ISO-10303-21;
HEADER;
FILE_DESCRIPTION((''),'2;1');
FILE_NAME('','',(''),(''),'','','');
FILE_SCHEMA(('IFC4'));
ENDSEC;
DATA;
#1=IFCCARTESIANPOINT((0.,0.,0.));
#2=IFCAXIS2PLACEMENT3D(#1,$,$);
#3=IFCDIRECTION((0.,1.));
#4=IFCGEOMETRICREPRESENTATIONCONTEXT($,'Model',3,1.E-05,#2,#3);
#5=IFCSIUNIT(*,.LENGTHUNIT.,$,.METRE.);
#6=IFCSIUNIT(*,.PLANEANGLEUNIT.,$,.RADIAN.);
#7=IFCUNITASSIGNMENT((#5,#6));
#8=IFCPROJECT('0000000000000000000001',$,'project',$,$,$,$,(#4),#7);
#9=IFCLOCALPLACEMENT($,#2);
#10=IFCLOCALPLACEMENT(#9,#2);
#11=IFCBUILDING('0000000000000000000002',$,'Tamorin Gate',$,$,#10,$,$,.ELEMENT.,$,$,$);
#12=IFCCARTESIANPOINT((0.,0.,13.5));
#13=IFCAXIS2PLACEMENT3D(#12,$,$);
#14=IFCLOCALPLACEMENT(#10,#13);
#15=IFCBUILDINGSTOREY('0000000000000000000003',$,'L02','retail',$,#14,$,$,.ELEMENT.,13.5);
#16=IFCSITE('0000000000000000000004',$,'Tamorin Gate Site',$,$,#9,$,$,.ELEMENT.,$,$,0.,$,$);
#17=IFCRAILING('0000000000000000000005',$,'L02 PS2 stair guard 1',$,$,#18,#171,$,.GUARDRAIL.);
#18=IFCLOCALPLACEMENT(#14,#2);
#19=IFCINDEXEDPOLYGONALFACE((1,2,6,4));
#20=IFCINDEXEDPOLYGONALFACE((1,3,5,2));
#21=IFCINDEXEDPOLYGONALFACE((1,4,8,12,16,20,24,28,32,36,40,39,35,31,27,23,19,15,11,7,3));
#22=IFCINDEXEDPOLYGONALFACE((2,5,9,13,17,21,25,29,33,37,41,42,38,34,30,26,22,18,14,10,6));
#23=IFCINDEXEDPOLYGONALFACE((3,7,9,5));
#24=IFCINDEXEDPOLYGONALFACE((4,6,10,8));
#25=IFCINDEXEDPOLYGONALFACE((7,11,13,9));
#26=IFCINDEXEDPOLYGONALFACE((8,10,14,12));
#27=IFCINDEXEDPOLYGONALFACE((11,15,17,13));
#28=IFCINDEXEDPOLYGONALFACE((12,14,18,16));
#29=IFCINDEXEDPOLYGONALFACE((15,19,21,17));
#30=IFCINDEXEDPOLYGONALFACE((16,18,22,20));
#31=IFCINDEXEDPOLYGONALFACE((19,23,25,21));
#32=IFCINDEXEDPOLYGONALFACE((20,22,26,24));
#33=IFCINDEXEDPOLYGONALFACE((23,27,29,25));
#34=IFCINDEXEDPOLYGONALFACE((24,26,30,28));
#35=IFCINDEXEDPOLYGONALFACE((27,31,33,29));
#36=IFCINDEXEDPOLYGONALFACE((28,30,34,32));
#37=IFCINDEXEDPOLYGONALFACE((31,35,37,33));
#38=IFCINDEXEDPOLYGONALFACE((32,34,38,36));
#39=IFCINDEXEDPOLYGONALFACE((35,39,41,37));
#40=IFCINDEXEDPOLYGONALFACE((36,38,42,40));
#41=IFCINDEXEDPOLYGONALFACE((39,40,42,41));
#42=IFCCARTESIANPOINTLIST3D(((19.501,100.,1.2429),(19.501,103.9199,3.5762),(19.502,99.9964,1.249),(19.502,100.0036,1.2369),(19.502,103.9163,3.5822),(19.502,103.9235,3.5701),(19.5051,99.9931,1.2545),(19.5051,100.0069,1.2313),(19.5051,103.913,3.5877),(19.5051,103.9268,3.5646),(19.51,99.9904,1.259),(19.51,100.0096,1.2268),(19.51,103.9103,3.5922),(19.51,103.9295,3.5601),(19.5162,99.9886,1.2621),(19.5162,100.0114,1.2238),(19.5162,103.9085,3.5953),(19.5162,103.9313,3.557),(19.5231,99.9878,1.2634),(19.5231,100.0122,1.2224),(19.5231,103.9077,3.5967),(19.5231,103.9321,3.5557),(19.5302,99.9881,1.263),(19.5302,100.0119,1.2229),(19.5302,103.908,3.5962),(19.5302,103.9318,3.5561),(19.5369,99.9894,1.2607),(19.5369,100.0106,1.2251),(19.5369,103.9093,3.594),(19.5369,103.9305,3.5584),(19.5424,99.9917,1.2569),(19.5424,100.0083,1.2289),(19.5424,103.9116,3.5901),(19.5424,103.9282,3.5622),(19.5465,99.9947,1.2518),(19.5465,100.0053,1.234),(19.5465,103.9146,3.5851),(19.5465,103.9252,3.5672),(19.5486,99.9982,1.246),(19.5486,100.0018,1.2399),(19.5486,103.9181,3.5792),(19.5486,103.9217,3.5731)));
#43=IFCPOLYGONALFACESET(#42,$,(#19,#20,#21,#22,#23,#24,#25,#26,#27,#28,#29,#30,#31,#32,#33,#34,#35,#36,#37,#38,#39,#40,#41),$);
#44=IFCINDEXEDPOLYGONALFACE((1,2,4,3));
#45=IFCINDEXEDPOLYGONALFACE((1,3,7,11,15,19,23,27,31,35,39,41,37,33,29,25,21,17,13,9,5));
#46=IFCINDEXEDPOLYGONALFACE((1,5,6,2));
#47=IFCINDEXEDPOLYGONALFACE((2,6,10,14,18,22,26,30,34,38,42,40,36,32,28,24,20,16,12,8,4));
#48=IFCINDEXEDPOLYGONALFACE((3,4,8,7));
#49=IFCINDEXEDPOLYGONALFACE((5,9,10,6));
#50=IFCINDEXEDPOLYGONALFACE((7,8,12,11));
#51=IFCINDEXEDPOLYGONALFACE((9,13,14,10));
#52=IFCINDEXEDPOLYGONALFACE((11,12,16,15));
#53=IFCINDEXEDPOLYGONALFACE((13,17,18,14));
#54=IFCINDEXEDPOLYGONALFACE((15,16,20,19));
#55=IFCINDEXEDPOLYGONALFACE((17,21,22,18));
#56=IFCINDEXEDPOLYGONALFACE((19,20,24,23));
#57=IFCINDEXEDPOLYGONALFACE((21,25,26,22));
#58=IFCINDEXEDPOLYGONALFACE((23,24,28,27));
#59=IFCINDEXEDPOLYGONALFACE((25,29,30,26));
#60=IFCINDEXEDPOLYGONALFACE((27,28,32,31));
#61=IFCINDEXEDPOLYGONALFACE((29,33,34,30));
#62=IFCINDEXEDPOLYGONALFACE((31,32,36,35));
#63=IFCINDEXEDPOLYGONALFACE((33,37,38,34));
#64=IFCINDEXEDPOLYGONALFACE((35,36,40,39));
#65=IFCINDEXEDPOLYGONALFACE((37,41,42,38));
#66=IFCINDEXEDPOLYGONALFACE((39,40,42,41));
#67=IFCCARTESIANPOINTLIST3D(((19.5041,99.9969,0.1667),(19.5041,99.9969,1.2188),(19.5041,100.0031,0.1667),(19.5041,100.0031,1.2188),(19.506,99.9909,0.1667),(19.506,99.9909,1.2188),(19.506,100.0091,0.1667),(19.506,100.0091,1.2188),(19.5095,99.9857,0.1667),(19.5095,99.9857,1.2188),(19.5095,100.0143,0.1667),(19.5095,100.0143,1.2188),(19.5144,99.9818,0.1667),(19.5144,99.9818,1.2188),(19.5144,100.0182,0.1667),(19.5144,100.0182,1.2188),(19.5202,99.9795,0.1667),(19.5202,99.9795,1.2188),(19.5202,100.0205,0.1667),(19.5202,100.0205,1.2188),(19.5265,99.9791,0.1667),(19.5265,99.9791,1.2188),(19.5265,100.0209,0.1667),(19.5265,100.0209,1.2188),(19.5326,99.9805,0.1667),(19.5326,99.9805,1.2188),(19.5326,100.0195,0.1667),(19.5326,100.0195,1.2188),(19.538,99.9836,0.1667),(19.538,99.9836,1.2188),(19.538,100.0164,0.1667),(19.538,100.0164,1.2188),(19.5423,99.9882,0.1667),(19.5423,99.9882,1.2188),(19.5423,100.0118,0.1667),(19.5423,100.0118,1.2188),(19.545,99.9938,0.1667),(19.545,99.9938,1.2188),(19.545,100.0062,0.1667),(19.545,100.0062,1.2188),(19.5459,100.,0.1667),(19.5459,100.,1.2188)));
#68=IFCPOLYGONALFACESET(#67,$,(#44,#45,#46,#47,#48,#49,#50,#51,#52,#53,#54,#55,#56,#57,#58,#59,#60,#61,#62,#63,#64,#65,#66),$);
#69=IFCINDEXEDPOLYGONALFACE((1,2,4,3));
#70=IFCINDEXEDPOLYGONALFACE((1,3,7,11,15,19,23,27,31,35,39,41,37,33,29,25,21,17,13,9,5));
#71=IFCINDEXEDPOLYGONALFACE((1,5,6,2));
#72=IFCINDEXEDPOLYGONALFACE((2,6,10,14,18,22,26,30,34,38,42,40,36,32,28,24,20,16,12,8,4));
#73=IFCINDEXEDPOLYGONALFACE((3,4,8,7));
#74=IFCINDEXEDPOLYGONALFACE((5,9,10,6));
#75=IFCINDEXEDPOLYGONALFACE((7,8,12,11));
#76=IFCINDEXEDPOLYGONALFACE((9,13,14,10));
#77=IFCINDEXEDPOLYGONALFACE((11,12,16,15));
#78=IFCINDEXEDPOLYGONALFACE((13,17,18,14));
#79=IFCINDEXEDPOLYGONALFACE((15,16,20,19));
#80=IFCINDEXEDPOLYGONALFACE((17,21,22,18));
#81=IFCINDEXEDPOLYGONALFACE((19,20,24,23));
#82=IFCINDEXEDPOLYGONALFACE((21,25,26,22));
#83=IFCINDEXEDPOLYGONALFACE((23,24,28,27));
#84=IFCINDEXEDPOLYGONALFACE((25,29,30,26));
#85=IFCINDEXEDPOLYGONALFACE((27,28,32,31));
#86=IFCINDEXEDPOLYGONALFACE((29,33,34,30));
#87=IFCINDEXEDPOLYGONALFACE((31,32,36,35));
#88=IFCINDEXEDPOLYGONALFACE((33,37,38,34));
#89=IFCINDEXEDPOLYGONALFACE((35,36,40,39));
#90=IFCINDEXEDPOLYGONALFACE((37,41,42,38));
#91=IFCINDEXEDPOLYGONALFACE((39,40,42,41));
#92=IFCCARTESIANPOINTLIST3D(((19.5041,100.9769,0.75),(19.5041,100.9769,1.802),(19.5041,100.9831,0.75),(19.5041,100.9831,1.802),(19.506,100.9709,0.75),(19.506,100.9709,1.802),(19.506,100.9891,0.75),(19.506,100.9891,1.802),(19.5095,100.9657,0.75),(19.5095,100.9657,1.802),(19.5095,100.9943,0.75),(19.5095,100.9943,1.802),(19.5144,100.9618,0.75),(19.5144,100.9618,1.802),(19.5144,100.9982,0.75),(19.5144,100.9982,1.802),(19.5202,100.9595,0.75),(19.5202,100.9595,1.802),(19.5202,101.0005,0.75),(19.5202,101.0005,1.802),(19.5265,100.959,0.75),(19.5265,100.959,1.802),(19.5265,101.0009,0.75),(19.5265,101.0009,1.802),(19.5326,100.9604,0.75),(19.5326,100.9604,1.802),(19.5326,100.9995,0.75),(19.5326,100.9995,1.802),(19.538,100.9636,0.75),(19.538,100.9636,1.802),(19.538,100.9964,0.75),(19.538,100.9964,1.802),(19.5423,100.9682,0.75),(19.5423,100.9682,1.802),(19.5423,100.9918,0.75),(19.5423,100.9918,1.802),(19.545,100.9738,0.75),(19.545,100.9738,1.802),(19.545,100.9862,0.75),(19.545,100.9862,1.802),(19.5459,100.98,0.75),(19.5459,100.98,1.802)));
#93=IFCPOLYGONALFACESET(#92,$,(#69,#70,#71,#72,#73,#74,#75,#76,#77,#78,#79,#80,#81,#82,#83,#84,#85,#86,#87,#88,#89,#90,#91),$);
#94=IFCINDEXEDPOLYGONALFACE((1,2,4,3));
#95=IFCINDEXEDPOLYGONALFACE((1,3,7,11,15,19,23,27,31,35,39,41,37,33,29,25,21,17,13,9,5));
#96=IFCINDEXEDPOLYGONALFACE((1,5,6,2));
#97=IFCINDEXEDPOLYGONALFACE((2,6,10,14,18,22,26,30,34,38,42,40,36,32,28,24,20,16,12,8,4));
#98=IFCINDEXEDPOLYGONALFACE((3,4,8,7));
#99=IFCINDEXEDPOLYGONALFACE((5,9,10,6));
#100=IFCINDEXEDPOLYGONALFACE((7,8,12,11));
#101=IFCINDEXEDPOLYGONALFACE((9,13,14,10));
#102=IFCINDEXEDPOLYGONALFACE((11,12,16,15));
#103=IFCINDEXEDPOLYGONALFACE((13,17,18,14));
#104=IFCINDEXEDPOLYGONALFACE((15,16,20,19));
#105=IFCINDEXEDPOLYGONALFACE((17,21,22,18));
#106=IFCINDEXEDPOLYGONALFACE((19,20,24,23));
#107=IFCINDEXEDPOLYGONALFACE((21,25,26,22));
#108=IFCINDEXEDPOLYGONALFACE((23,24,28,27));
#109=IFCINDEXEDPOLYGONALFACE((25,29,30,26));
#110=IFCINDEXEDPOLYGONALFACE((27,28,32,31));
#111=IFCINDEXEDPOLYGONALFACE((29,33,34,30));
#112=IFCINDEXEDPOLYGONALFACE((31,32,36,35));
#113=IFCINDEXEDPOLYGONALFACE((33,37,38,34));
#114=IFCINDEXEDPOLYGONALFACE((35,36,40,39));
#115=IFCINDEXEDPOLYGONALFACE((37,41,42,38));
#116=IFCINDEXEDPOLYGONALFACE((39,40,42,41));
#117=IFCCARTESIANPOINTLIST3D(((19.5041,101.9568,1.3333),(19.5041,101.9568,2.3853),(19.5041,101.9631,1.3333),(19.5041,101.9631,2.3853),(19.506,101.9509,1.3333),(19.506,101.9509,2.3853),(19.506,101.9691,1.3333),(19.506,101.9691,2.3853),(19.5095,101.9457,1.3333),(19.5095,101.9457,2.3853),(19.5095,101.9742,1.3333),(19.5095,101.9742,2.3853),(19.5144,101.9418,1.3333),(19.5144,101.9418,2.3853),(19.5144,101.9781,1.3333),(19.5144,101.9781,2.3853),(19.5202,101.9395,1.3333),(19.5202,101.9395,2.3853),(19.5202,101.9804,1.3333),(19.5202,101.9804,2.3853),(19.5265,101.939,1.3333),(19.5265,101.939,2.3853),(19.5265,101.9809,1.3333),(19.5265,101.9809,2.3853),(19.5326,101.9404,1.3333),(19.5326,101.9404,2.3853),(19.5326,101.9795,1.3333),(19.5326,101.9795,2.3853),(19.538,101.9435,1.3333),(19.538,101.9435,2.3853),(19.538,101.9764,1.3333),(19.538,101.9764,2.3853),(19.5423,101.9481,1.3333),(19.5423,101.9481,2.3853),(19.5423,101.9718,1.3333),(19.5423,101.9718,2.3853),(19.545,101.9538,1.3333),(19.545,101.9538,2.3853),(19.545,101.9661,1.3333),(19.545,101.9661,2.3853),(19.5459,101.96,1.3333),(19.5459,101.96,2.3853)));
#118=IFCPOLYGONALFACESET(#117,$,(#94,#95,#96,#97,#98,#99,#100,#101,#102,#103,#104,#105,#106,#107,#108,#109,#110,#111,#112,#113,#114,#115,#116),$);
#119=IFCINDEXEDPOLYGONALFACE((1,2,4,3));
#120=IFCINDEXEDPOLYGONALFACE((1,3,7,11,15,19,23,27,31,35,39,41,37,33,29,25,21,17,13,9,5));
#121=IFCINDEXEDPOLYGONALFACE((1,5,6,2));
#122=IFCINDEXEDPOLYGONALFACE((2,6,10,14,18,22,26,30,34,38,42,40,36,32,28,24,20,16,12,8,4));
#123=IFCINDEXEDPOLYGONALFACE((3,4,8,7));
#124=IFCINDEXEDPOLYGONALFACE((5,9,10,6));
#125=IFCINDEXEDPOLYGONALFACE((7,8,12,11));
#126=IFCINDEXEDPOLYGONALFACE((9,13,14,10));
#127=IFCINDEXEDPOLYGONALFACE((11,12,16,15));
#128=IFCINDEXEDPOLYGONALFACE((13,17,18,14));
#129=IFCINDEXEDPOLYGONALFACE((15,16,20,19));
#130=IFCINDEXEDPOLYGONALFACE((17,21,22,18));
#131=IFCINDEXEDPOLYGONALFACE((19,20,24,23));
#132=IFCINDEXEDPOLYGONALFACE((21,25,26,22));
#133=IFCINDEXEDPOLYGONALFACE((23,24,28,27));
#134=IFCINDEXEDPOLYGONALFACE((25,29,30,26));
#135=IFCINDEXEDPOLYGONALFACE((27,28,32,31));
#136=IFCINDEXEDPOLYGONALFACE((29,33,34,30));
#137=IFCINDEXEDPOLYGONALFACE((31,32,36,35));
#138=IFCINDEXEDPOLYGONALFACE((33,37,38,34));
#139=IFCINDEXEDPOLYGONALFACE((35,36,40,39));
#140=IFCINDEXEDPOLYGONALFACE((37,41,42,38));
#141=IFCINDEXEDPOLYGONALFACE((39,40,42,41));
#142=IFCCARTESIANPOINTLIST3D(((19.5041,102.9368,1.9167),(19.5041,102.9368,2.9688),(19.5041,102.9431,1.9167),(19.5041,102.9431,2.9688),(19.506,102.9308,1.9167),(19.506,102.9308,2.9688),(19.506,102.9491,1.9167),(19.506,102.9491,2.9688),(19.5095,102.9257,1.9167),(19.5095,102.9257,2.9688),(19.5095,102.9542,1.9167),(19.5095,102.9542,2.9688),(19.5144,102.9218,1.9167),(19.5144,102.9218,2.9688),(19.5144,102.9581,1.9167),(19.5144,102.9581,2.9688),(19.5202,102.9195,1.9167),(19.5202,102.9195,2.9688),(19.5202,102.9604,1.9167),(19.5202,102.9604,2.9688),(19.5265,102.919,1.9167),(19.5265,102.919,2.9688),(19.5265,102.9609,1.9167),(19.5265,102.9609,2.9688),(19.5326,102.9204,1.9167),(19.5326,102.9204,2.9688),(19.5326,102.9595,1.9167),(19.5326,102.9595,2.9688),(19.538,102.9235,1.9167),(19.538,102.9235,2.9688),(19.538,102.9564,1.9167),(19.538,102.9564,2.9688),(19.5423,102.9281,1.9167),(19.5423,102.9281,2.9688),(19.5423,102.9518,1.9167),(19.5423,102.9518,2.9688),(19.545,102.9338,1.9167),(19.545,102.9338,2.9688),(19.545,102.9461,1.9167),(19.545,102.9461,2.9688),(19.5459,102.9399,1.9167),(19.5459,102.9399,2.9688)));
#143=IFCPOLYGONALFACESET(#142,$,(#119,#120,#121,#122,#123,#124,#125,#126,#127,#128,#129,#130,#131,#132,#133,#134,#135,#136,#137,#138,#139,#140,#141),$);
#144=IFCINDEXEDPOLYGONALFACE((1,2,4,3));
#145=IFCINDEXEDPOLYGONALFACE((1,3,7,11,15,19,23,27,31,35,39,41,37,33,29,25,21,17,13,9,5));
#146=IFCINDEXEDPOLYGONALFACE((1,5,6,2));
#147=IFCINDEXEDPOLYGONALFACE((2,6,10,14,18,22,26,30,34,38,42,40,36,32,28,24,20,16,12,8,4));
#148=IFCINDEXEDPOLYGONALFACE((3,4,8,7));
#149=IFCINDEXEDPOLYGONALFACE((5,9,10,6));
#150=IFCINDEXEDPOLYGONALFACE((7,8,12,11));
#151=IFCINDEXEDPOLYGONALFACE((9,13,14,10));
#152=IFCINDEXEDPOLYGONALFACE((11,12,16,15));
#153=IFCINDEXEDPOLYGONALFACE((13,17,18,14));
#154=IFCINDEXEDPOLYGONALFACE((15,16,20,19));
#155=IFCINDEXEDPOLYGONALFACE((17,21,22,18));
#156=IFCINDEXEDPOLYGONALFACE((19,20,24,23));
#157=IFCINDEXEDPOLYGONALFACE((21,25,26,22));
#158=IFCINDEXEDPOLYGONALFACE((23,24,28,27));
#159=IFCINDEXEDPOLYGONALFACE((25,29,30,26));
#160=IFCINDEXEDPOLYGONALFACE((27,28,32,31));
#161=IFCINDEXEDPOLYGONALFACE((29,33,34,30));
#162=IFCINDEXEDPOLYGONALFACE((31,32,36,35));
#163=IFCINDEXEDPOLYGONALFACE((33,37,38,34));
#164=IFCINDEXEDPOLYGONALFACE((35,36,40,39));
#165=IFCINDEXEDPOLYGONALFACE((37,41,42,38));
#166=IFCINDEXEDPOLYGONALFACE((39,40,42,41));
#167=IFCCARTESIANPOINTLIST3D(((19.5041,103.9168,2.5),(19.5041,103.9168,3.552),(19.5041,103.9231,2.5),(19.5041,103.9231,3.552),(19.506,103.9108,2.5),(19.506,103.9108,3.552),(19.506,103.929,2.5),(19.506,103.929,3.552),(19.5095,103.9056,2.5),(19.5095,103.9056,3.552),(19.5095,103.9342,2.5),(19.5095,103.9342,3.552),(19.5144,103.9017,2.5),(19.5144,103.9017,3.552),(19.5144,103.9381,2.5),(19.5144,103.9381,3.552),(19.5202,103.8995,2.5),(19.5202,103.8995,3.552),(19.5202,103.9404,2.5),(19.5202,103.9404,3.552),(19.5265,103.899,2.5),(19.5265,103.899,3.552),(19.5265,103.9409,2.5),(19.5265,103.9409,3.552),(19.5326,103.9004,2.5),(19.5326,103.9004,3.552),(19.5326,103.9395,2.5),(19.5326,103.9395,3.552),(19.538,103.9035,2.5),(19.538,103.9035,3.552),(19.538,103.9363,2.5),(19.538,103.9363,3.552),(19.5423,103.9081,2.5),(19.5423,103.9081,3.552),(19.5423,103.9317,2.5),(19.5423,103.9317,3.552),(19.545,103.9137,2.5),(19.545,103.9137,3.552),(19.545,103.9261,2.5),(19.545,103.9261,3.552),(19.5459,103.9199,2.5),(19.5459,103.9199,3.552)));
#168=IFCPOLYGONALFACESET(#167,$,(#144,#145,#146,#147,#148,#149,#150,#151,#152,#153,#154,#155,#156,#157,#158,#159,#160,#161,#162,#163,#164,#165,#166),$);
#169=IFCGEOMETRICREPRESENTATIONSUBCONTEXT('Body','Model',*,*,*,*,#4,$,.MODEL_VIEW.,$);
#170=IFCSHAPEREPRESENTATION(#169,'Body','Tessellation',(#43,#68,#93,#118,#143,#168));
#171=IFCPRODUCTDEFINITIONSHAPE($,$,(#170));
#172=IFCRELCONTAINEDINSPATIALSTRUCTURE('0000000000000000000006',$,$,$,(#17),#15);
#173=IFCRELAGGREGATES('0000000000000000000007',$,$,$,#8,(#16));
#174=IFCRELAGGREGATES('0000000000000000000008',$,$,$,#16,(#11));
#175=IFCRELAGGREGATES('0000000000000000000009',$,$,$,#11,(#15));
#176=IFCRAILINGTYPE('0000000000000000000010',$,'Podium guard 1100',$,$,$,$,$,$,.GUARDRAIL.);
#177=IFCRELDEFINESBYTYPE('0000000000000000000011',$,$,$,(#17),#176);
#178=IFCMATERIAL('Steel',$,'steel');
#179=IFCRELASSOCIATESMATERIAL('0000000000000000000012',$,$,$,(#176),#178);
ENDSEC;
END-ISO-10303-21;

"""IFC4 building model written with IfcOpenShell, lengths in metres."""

from ifc_helpers import new_model, si_unit, direction, frame, origin, origin_2d, place, context, subcontext, project, spatial, circle, extrude, material, type_object, element, save


model = new_model("IFC4")

# Units and contexts
model_context = context("Model", 3, precision=1e-05, world=origin(), true_north=direction((0.0, 1.0)))
body_context = subcontext(model_context, "Body", "Model", "MODEL_VIEW")
ifc_project = project(units=[si_unit("LENGTHUNIT", "METRE"), si_unit("PLANEANGLEUNIT", "RADIAN")], contexts=[model_context])

# Site, building, storey
site_placement = place(None, origin())
site = spatial("IfcSite", under=ifc_project, at=site_placement, Name="Tamorin Gate Site", CompositionType="ELEMENT", RefElevation=0.0)
building_placement = place(site_placement, origin())
building = spatial("IfcBuilding", under=site, at=building_placement, Name="Tamorin Gate", CompositionType="ELEMENT")
storey_placement = place(building_placement, frame((0.0, 0.0, 13.5)))
storey = spatial("IfcBuildingStorey", under=building, at=storey_placement, Name="L02", Description="retail", CompositionType="ELEMENT", Elevation=13.5)

# Railing
ifc_material_1 = material(Name="Steel", Category="steel")
railing_type_1 = type_object("IfcRailingType", Name="Podium guard 1100", PredefinedType="GUARDRAIL", material=ifc_material_1)
railing_1_placement = place(storey_placement, frame((19.5249, 100.0, 0.1667)))
element("IfcRailing", 1, at=railing_1_placement, inside=storey, type_object=railing_type_1, Name="L02 PS2 stair guard 1", PredefinedType="GUARDRAIL", context=body_context, shape_type="SweptSolid", body=[
    extrude(circle(Radius=0.0239, at=origin_2d()), frame((0.0, 0.0, 1.0762), z_axis=(0.0, 0.859296, 0.511478), x_axis=(-1.0, 0.0, 0.0)), (0.0, 0.0, 1.0), 4.5618),
    extrude(circle(Radius=0.021, at=origin_2d()), origin(), (0.0, 0.0, 1.0), 1.052),
    extrude(circle(Radius=0.021, at=origin_2d()), frame((0.0, 0.98, 0.5833)), (0.0, 0.0, 1.0), 1.052),
    extrude(circle(Radius=0.021, at=origin_2d()), frame((0.0, 1.96, 1.1665)), (0.0, 0.0, 1.0), 1.052),
    extrude(circle(Radius=0.021, at=origin_2d()), frame((0.0, 2.9399, 1.75)), (0.0, 0.0, 1.0), 1.052),
    extrude(circle(Radius=0.021, at=origin_2d()), frame((0.0, 3.9199, 2.3333)), (0.0, 0.0, 1.0), 1.052),
])

save(model, "model.ifc")
